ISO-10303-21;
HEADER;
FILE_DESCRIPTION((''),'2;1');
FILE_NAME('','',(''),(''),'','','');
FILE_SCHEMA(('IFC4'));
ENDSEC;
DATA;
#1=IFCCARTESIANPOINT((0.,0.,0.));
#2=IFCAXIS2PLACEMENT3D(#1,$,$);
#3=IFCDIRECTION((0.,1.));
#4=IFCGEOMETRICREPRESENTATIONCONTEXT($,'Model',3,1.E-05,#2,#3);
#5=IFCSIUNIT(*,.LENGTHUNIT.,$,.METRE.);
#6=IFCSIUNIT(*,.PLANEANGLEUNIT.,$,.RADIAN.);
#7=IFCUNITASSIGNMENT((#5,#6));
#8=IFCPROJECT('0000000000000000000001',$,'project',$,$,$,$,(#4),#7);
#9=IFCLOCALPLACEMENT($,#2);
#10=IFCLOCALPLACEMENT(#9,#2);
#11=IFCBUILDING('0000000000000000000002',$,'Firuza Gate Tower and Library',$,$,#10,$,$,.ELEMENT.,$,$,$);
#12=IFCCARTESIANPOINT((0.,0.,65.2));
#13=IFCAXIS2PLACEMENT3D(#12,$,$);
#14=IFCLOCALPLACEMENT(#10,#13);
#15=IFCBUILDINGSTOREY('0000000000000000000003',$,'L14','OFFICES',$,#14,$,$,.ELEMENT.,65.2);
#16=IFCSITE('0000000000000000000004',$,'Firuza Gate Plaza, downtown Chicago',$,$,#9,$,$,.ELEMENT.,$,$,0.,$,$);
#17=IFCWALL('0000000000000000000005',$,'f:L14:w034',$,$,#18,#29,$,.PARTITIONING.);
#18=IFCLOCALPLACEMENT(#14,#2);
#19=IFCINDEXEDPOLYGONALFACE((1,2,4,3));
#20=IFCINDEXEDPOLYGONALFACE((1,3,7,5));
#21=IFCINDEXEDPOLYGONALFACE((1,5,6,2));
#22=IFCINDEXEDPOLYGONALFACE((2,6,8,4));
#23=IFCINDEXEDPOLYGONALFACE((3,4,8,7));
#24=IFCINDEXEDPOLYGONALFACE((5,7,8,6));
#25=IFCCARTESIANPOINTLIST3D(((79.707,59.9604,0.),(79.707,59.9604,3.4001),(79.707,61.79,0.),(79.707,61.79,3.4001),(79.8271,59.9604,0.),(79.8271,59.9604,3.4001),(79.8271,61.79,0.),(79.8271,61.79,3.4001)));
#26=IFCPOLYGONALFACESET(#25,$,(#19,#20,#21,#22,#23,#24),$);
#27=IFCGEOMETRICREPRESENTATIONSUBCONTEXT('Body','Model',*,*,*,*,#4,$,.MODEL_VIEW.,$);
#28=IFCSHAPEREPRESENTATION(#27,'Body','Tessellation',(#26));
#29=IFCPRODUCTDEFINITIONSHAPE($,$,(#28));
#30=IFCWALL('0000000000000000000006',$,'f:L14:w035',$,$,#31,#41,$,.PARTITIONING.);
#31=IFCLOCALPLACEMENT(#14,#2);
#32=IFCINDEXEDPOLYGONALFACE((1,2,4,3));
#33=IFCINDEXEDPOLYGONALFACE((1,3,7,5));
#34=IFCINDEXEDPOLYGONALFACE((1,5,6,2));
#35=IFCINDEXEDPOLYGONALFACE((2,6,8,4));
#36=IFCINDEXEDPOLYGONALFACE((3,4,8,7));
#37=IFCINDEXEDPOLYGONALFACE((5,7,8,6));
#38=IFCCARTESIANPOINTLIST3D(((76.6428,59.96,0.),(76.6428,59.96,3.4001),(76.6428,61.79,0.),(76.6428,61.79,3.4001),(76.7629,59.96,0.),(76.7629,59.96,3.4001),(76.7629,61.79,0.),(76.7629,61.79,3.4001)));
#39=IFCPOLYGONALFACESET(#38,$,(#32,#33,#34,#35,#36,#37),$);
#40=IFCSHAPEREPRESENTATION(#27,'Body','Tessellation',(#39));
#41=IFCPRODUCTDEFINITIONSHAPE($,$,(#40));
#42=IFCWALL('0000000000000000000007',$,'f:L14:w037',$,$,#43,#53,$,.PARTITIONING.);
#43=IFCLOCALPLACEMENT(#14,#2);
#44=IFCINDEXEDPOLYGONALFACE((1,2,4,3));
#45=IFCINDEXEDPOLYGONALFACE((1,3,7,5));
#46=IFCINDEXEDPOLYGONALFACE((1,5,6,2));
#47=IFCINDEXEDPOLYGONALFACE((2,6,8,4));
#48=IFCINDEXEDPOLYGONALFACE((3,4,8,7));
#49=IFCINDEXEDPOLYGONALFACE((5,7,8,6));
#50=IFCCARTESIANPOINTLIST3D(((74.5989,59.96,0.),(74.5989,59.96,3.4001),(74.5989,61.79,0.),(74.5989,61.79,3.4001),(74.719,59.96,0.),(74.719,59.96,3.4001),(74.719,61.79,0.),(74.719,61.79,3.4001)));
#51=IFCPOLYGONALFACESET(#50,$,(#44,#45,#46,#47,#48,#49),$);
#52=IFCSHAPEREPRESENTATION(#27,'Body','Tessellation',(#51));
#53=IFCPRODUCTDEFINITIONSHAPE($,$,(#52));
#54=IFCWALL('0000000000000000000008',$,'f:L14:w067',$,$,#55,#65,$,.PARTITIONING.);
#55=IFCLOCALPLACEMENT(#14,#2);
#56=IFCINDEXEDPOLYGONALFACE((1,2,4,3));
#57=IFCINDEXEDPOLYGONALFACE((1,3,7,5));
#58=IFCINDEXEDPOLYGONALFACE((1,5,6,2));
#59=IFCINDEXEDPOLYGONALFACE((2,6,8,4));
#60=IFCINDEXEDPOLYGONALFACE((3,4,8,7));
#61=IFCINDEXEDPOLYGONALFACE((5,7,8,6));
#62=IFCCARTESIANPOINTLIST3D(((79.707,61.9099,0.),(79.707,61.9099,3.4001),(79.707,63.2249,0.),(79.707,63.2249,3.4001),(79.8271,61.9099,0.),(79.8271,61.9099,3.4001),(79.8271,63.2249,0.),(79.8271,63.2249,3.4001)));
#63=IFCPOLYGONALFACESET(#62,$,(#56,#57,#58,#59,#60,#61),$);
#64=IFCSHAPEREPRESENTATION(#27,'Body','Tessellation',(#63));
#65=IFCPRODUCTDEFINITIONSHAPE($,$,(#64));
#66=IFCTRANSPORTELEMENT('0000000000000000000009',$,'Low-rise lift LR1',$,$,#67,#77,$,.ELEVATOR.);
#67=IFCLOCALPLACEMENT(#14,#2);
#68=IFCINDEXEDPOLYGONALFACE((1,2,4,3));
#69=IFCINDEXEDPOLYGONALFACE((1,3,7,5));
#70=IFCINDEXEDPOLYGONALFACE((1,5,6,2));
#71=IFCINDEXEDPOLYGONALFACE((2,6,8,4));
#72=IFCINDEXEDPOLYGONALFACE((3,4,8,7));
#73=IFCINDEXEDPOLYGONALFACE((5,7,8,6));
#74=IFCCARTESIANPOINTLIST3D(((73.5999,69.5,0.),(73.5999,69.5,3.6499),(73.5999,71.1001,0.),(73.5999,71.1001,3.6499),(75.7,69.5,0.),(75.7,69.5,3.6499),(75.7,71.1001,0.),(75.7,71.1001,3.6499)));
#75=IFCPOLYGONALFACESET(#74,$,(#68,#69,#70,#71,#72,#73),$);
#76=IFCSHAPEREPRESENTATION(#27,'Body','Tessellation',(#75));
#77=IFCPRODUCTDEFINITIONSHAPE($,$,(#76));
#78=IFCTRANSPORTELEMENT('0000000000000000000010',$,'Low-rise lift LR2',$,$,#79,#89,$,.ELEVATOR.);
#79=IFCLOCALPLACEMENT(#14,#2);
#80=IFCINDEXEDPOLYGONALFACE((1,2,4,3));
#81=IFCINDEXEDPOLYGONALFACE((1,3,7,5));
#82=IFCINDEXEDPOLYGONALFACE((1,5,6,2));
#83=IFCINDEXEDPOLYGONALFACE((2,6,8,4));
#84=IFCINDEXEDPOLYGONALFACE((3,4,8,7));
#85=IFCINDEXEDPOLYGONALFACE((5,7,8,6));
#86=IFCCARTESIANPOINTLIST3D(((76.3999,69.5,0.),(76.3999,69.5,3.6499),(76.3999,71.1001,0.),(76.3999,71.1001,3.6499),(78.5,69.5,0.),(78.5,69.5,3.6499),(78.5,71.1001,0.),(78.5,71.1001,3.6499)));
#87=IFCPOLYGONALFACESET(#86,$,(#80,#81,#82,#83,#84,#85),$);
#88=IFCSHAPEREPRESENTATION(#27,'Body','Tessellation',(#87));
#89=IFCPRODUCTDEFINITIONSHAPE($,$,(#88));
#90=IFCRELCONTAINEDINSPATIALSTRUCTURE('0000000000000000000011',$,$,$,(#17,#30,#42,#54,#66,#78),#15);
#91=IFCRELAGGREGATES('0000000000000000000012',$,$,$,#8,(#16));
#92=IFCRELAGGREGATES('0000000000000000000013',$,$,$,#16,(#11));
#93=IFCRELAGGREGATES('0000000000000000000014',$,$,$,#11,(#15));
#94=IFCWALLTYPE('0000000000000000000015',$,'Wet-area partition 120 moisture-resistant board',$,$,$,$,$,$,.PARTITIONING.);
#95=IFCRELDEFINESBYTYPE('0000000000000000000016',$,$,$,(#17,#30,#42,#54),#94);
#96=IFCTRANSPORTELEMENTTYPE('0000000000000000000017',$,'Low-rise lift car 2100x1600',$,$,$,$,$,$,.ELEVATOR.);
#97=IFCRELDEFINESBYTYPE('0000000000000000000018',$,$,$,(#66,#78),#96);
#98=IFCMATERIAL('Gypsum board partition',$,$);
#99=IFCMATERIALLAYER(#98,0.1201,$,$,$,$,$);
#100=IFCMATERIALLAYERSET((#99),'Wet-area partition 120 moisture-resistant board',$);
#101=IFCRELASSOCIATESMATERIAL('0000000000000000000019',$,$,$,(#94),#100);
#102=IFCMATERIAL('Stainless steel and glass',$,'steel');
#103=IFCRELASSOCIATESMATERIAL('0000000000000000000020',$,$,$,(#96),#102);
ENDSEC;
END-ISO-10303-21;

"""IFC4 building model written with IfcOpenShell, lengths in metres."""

from ifc_helpers import new_model, si_unit, direction, frame, frame_2d, origin, origin_2d, place, context, subcontext, project, spatial, rectangle, extrude, material, layer, layer_set, type_object, element, save


model = new_model("IFC4")

# Units and contexts
model_context = context("Model", 3, precision=1e-05, world=origin(), true_north=direction((0.0, 1.0)))
body_context = subcontext(model_context, "Body", "Model", "MODEL_VIEW")
ifc_project = project(units=[si_unit("LENGTHUNIT", "METRE"), si_unit("PLANEANGLEUNIT", "RADIAN")], contexts=[model_context])

# Site, building, storey
site_placement = place(None, origin())
site = spatial("IfcSite", under=ifc_project, at=site_placement, Name="Firuza Gate Plaza, downtown Chicago", CompositionType="ELEMENT", RefElevation=0.0)
building_placement = place(site_placement, origin())
building = spatial("IfcBuilding", under=site, at=building_placement, Name="Firuza Gate Tower and Library", CompositionType="ELEMENT")
storey_placement = place(building_placement, frame((0.0, 0.0, 65.2)))
storey = spatial("IfcBuildingStorey", under=building, at=storey_placement, Name="L14", Description="OFFICES", CompositionType="ELEMENT", Elevation=65.2)

# Shared definitions
ifc_material_1 = material(Name="Gypsum board partition")
ifc_layer_1 = layer(ifc_material_1, 0.1201)
ifc_layer_set_1 = layer_set([ifc_layer_1], Name="Wet-area partition 120 moisture-resistant board")
wall_type_1 = type_object("IfcWallType", Name="Wet-area partition 120 moisture-resistant board", PredefinedType="PARTITIONING", material=ifc_layer_set_1)

# Walls
wall_1_placement = place(storey_placement, frame((79.7671, 59.9604, 0.0), z_axis=(0.0, 0.0, 1.0), x_axis=(0.0, 1.0, 0.0)))
element("IfcWall", 1, at=wall_1_placement, inside=storey, type_object=wall_type_1, Name="f:L14:w034", PredefinedType="PARTITIONING", context=body_context, shape_type="SweptSolid", body=[
    extrude(rectangle(XDim=1.8296, YDim=0.1201, at=frame_2d((0.9148, 0.0))), origin(), (0.0, 0.0, 1.0), 3.4001),
])
for number, where, z_axis, x_axis, name in (
    (2, (76.7029, 59.96, 0.0), (0.0, 0.0, 1.0), (0.0, 1.0, 0.0), "f:L14:w035"),
    (3, (74.6589, 59.96, 0.0), (0.0, 0.0, 1.0), (0.0, 1.0, 0.0), "f:L14:w037"),
):
    element("IfcWall", number, at=place(storey_placement, frame(where, z_axis=z_axis, x_axis=x_axis)), inside=storey, type_object=wall_type_1, Name=name, PredefinedType="PARTITIONING", context=body_context, shape_type="SweptSolid", body=[
        extrude(rectangle(XDim=1.8301, YDim=0.1201, at=frame_2d((0.915, 0.0))), origin(), (0.0, 0.0, 1.0), 3.4001),
    ])
wall_2_placement = place(storey_placement, frame((79.7671, 61.9099, 0.0), z_axis=(0.0, 0.0, 1.0), x_axis=(0.0, 1.0, 0.0)))
element("IfcWall", 4, at=wall_2_placement, inside=storey, type_object=wall_type_1, Name="f:L14:w067", PredefinedType="PARTITIONING", context=body_context, shape_type="SweptSolid", body=[
    extrude(rectangle(XDim=1.3149, YDim=0.1201, at=frame_2d((0.6575, 0.0))), origin(), (0.0, 0.0, 1.0), 3.4001),
])

# Transport elements
ifc_material_2 = material(Name="Stainless steel and glass", Category="steel")
transport_element_type = type_object("IfcTransportElementType", Name="Low-rise lift car 2100x1600", PredefinedType="ELEVATOR", material=ifc_material_2)
for number, where, z_axis, x_axis, name in (
    (5, (74.6499, 70.3, 0.0), (0.0, 0.0, 1.0), (1.0, 0.0, 0.0), "Low-rise lift LR1"),
    (6, (77.45, 70.3, 0.0), (0.0, 0.0, 1.0), (1.0, 0.0, 0.0), "Low-rise lift LR2"),
):
    element("IfcTransportElement", number, at=place(storey_placement, frame(where, z_axis=z_axis, x_axis=x_axis)), inside=storey, type_object=transport_element_type, Name=name, PredefinedType="ELEVATOR", context=body_context, shape_type="SweptSolid", body=[
        extrude(rectangle(XDim=2.1001, YDim=1.6001, at=origin_2d()), origin(), (0.0, 0.0, 1.0), 3.6499),
    ])

save(model, "model.ifc")
